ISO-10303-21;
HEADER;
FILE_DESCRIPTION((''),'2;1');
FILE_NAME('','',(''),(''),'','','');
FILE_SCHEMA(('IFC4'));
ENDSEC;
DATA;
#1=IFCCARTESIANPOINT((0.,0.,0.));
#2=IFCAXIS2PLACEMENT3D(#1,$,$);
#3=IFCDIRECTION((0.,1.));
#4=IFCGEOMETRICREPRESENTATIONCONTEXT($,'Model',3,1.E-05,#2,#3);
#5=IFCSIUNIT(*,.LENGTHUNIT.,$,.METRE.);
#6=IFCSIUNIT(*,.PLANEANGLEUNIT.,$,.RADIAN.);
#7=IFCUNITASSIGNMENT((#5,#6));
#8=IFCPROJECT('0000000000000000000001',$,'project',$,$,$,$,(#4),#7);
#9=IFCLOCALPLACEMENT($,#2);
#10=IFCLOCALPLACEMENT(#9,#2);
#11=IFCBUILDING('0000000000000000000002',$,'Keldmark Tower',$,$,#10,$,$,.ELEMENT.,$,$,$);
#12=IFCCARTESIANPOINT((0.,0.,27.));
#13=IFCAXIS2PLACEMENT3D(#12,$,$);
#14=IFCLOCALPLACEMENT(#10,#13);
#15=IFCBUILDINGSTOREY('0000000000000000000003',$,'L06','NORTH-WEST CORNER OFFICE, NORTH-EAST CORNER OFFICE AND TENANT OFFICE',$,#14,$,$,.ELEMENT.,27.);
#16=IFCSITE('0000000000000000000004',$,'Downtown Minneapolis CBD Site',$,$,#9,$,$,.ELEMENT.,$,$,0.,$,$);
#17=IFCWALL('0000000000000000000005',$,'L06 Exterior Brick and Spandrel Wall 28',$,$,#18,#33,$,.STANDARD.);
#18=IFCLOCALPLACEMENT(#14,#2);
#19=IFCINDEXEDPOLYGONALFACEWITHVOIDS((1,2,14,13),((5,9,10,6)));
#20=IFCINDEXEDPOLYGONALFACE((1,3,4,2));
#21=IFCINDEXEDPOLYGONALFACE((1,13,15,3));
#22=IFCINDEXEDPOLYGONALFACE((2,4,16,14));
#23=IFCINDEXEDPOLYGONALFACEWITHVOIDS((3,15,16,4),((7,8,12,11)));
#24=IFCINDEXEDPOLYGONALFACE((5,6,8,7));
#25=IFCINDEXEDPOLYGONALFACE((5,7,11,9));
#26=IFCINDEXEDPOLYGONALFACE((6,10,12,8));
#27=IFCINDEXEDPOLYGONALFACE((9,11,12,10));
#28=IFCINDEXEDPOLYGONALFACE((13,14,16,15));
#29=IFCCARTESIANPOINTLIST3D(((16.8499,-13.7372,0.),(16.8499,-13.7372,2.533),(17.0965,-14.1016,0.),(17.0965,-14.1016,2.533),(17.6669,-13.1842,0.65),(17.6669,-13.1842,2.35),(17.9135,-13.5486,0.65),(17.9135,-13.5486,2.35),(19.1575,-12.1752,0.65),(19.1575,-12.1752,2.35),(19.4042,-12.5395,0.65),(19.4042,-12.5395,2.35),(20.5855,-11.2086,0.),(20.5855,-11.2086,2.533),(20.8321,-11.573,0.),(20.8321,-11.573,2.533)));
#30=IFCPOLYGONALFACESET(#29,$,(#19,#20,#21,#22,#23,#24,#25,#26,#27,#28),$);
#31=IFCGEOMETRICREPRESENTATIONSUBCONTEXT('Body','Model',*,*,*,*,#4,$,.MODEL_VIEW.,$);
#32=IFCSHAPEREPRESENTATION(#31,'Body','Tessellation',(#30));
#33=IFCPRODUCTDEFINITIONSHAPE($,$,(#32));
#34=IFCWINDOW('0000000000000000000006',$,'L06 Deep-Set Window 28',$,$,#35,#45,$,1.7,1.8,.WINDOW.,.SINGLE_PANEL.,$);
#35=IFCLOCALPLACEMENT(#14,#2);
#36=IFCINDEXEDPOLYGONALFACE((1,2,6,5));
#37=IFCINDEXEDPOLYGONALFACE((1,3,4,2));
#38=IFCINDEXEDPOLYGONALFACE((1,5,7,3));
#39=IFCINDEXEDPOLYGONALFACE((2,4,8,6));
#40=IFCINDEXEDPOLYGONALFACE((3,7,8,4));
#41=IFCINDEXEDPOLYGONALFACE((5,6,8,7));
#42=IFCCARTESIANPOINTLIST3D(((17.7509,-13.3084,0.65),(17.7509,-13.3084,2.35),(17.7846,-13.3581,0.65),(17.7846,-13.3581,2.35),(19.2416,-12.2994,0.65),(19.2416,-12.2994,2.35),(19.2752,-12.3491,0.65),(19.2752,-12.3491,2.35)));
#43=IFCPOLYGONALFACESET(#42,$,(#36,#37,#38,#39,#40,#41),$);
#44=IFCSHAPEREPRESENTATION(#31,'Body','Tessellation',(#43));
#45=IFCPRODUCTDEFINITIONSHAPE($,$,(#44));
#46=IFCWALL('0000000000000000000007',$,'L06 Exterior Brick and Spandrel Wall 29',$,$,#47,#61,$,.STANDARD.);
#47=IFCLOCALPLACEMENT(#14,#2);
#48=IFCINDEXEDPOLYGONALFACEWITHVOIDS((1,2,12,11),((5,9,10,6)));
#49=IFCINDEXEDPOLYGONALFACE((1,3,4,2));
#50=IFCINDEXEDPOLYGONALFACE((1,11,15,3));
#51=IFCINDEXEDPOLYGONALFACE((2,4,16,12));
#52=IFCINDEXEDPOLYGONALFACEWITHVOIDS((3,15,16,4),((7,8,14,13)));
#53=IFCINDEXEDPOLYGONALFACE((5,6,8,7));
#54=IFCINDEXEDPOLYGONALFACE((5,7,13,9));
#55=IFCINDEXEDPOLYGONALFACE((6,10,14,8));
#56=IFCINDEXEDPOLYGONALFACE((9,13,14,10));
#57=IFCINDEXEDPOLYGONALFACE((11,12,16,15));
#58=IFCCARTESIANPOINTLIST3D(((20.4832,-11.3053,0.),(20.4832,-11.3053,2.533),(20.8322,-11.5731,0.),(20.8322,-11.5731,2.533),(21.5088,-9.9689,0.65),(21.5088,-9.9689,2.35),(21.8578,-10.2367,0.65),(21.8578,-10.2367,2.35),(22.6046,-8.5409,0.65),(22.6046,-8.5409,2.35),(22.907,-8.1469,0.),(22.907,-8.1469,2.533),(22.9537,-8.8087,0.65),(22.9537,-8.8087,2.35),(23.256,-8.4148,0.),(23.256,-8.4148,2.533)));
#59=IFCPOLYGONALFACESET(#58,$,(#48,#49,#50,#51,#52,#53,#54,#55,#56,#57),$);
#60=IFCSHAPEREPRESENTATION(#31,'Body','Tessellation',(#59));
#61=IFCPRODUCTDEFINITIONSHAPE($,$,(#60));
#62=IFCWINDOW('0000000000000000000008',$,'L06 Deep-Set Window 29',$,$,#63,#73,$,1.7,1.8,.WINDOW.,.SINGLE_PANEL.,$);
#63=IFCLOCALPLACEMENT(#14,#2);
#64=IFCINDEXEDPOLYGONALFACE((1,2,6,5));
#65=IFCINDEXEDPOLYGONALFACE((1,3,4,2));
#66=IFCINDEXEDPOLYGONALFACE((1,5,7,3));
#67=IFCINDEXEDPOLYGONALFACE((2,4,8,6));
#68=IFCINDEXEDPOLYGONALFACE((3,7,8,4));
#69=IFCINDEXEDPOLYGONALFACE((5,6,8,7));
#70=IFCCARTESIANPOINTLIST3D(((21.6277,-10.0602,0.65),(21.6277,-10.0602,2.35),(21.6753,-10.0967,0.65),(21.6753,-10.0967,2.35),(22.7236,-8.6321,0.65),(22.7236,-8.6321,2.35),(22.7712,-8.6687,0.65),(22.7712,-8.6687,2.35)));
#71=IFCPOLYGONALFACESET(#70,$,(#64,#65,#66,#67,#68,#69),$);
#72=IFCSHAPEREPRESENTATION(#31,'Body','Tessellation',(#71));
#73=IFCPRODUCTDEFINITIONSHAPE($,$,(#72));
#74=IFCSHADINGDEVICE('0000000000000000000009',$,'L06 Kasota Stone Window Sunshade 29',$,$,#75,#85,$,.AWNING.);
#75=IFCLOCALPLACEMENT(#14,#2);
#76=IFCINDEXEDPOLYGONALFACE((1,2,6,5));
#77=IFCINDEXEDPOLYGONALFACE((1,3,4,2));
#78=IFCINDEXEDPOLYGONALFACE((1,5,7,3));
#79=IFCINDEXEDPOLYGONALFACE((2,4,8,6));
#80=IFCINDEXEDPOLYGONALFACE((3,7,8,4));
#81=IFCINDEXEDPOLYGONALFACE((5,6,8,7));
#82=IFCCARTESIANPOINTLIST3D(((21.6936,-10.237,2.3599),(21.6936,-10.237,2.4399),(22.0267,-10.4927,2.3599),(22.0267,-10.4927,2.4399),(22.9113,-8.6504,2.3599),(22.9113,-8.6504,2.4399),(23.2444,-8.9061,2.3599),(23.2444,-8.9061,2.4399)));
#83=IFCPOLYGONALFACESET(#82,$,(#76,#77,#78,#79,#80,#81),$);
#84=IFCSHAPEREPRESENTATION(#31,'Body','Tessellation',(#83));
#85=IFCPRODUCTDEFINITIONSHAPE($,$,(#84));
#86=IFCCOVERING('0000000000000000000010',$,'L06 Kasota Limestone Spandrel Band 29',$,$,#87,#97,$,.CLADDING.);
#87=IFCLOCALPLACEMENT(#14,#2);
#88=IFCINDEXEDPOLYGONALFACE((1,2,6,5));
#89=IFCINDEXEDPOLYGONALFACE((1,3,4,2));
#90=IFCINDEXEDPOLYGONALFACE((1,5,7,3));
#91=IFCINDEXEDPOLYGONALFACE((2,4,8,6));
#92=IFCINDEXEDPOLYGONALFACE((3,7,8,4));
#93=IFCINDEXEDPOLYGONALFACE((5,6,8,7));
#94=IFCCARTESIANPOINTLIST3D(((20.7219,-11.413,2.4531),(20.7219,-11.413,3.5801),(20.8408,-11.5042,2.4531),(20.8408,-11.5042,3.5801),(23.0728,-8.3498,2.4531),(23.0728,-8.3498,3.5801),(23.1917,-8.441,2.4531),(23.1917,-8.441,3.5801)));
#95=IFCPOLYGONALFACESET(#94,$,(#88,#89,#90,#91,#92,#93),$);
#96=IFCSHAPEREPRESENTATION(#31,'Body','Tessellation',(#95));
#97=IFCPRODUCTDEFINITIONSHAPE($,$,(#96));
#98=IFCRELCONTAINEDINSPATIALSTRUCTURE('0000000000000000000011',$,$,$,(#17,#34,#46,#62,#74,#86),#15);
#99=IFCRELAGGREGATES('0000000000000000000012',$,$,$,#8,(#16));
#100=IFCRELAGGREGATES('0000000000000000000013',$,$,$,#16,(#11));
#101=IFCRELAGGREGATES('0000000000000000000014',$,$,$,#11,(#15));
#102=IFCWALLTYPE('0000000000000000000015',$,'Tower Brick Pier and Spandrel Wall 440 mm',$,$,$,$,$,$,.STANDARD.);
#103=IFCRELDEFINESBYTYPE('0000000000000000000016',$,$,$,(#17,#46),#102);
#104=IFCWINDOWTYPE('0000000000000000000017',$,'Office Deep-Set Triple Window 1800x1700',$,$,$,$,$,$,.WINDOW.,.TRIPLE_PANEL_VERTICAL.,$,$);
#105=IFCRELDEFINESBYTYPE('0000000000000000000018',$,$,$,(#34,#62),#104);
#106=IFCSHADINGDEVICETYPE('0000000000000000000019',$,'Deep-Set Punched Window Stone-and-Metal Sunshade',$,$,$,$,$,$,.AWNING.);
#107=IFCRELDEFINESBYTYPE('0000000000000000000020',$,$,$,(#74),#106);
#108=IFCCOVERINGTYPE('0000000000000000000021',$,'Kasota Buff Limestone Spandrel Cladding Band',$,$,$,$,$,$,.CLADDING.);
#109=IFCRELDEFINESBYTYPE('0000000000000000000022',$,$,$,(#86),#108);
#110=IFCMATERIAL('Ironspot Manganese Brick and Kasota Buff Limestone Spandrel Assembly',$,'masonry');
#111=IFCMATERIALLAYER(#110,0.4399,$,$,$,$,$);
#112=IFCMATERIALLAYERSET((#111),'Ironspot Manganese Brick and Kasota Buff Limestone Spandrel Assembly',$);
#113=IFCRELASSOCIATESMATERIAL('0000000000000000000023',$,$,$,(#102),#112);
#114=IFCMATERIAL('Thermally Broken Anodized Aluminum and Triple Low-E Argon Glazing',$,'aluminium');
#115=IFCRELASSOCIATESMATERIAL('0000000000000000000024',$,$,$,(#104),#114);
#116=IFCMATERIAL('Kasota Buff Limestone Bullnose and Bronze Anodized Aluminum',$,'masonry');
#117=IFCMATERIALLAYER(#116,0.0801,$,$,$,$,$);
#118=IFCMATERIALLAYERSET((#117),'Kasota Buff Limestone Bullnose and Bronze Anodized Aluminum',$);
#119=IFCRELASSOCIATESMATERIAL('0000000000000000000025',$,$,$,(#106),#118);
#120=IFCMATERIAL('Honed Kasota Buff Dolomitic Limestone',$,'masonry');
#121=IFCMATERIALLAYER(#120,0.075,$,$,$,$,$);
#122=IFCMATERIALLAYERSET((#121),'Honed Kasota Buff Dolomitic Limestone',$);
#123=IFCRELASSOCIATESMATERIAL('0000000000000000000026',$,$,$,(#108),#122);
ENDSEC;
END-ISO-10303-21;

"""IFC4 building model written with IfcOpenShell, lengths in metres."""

from ifc_helpers import new_model, si_unit, direction, frame, frame_2d, origin, origin_2d, place, context, subcontext, project, spatial, rectangle, extrude, material, layer, layer_set, type_object, element, fill, save


model = new_model("IFC4")

# Units and contexts
model_context = context("Model", 3, precision=1e-05, world=origin(), true_north=direction((0.0, 1.0)))
body_context = subcontext(model_context, "Body", "Model", "MODEL_VIEW")
ifc_project = project(units=[si_unit("LENGTHUNIT", "METRE"), si_unit("PLANEANGLEUNIT", "RADIAN")], contexts=[model_context])

# Site, building, storey
site_placement = place(None, origin())
site = spatial("IfcSite", under=ifc_project, at=site_placement, Name="Downtown Minneapolis CBD Site", CompositionType="ELEMENT", RefElevation=0.0)
building_placement = place(site_placement, origin())
building = spatial("IfcBuilding", under=site, at=building_placement, Name="Keldmark Tower", CompositionType="ELEMENT")
storey_placement = place(building_placement, frame((0.0, 0.0, 27.0)))
storey = spatial("IfcBuildingStorey", under=building, at=storey_placement, Name="L06", Description="NORTH-WEST CORNER OFFICE, NORTH-EAST CORNER OFFICE AND TENANT OFFICE", CompositionType="ELEMENT", Elevation=27.0)

# Walls, openings, windows
ifc_material_1 = material(Name="Ironspot Manganese Brick and Kasota Buff Limestone Spandrel Assembly", Category="masonry")
ifc_layer_1 = layer(ifc_material_1, 0.4399)
ifc_layer_set_1 = layer_set([ifc_layer_1], Name="Ironspot Manganese Brick and Kasota Buff Limestone Spandrel Assembly")
wall_type_1 = type_object("IfcWallType", Name="Tower Brick Pier and Spandrel Wall 440 mm", PredefinedType="STANDARD", material=ifc_layer_set_1)
ifc_material_2 = material(Name="Thermally Broken Anodized Aluminum and Triple Low-E Argon Glazing", Category="aluminium")
window_type = type_object("IfcWindowType", Name="Office Deep-Set Triple Window 1800x1700", PartitioningType="TRIPLE_PANEL_VERTICAL", PredefinedType="WINDOW", material=ifc_material_2)
wall_1_placement = place(storey_placement, frame((20.7087, -11.3909, 0.0), z_axis=(0.0, 0.0, 1.0), x_axis=(-0.828125, -0.560544, 0.0)))
wall_1 = element("IfcWall", 1, at=wall_1_placement, inside=storey, type_object=wall_type_1, Name="L06 Exterior Brick and Spandrel Wall 28", PredefinedType="STANDARD", context=body_context, shape_type="SweptSolid", body=[
    extrude(rectangle(XDim=4.511, YDim=0.4399, at=frame_2d((2.2554, 0.0))), origin(), (0.0, 0.0, 1.0), 2.533),
])
opening_1_placement = place(wall_1_placement, frame((1.7244, 0.0, 0.6499)))
opening_1 = element("IfcOpeningElement", 2, at=opening_1_placement, cuts=wall_1, PredefinedType="OPENING", context=body_context, shape_type="SweptSolid", body=[
    extrude(rectangle(XDim=1.8, YDim=1.7, at=frame_2d((0.8999, 0.8501))), frame((0.0, 0.23, 0.0), z_axis=(0.0, -1.0, 0.0), x_axis=(1.0, 0.0, 0.0)), (0.0, 0.0, 1.0), 0.46),
])
window_1_placement = place(opening_1_placement, origin())
window_1 = element("IfcWindow", 3, at=window_1_placement, inside=storey, type_object=window_type, Name="L06 Deep-Set Window 28", OverallHeight=1.7, OverallWidth=1.8, PartitioningType="SINGLE_PANEL", PredefinedType="WINDOW", context=body_context, shape_type="SweptSolid", body=[
    extrude(rectangle(XDim=1.8, YDim=1.7, at=frame_2d((0.8999, 0.8501))), frame((0.0, -0.01, 0.0), z_axis=(0.0, -1.0, 0.0), x_axis=(1.0, 0.0, 0.0)), (0.0, 0.0, 1.0), 0.0601),
])
fill(opening_1, window_1)
wall_2_placement = place(storey_placement, frame((23.0815, -8.2808, 0.0), z_axis=(0.0, 0.0, 1.0), x_axis=(-0.608804, -0.793321, 0.0)))
wall_2 = element("IfcWall", 4, at=wall_2_placement, inside=storey, type_object=wall_type_1, Name="L06 Exterior Brick and Spandrel Wall 29", PredefinedType="STANDARD", context=body_context, shape_type="SweptSolid", body=[
    extrude(rectangle(XDim=3.9812, YDim=0.4399, at=frame_2d((1.9907, 0.0))), origin(), (0.0, 0.0, 1.0), 2.533),
])
opening_2_placement = place(wall_2_placement, frame((0.4968, 0.0, 0.6499)))
opening_2 = element("IfcOpeningElement", 5, at=opening_2_placement, cuts=wall_2, PredefinedType="OPENING", context=body_context, shape_type="SweptSolid", body=[
    extrude(rectangle(XDim=1.8, YDim=1.7, at=frame_2d((0.8999, 0.8501))), frame((0.0, 0.23, 0.0), z_axis=(0.0, -1.0, 0.0), x_axis=(1.0, 0.0, 0.0)), (0.0, 0.0, 1.0), 0.46),
])
window_2_placement = place(opening_2_placement, origin())
window_2 = element("IfcWindow", 6, at=window_2_placement, inside=storey, type_object=window_type, Name="L06 Deep-Set Window 29", OverallHeight=1.7, OverallWidth=1.8, PartitioningType="SINGLE_PANEL", PredefinedType="WINDOW", context=body_context, shape_type="SweptSolid", body=[
    extrude(rectangle(XDim=1.8, YDim=1.7, at=frame_2d((0.8999, 0.8501))), frame((0.0, -0.01, 0.0), z_axis=(0.0, -1.0, 0.0), x_axis=(1.0, 0.0, 0.0)), (0.0, 0.0, 1.0), 0.0601),
])
fill(opening_2, window_2)

# Shading device
ifc_material_3 = material(Name="Kasota Buff Limestone Bullnose and Bronze Anodized Aluminum", Category="masonry")
ifc_layer_2 = layer(ifc_material_3, 0.0801)
ifc_layer_set_2 = layer_set([ifc_layer_2], Name="Kasota Buff Limestone Bullnose and Bronze Anodized Aluminum")
shading_device_type = type_object("IfcShadingDeviceType", Name="Deep-Set Punched Window Stone-and-Metal Sunshade", PredefinedType="AWNING", material=ifc_layer_set_2)
shading_device_placement = place(storey_placement, frame((22.469, -9.5715, 2.3599), z_axis=(0.0, 0.0, 1.0), x_axis=(-0.608831, -0.7933, 0.0)))
element("IfcShadingDevice", 7, at=shading_device_placement, inside=storey, type_object=shading_device_type, Name="L06 Kasota Stone Window Sunshade 29", PredefinedType="AWNING", context=body_context, shape_type="SweptSolid", body=[
    extrude(rectangle(XDim=2.0, YDim=0.4199, at=origin_2d()), origin(), (0.0, 0.0, 1.0), 0.0801),
])

# Covering
ifc_material_4 = material(Name="Honed Kasota Buff Dolomitic Limestone", Category="masonry")
ifc_layer_3 = layer(ifc_material_4, 0.075)
ifc_layer_set_3 = layer_set([ifc_layer_3], Name="Honed Kasota Buff Dolomitic Limestone")
covering_type = type_object("IfcCoveringType", Name="Kasota Buff Limestone Spandrel Cladding Band", PredefinedType="CLADDING", material=ifc_layer_set_3)
covering_placement = place(storey_placement, frame((21.9568, -9.927, 2.4531), z_axis=(0.0, 0.0, 1.0), x_axis=(0.608831, 0.7933, 0.0)))
element("IfcCovering", 8, at=covering_placement, inside=storey, type_object=covering_type, Name="L06 Kasota Limestone Spandrel Band 29", PredefinedType="CLADDING", context=body_context, shape_type="SweptSolid", body=[
    extrude(rectangle(XDim=3.8613, YDim=0.1499, at=origin_2d()), origin(), (0.0, 0.0, 1.0), 1.127),
])

save(model, "model.ifc")
